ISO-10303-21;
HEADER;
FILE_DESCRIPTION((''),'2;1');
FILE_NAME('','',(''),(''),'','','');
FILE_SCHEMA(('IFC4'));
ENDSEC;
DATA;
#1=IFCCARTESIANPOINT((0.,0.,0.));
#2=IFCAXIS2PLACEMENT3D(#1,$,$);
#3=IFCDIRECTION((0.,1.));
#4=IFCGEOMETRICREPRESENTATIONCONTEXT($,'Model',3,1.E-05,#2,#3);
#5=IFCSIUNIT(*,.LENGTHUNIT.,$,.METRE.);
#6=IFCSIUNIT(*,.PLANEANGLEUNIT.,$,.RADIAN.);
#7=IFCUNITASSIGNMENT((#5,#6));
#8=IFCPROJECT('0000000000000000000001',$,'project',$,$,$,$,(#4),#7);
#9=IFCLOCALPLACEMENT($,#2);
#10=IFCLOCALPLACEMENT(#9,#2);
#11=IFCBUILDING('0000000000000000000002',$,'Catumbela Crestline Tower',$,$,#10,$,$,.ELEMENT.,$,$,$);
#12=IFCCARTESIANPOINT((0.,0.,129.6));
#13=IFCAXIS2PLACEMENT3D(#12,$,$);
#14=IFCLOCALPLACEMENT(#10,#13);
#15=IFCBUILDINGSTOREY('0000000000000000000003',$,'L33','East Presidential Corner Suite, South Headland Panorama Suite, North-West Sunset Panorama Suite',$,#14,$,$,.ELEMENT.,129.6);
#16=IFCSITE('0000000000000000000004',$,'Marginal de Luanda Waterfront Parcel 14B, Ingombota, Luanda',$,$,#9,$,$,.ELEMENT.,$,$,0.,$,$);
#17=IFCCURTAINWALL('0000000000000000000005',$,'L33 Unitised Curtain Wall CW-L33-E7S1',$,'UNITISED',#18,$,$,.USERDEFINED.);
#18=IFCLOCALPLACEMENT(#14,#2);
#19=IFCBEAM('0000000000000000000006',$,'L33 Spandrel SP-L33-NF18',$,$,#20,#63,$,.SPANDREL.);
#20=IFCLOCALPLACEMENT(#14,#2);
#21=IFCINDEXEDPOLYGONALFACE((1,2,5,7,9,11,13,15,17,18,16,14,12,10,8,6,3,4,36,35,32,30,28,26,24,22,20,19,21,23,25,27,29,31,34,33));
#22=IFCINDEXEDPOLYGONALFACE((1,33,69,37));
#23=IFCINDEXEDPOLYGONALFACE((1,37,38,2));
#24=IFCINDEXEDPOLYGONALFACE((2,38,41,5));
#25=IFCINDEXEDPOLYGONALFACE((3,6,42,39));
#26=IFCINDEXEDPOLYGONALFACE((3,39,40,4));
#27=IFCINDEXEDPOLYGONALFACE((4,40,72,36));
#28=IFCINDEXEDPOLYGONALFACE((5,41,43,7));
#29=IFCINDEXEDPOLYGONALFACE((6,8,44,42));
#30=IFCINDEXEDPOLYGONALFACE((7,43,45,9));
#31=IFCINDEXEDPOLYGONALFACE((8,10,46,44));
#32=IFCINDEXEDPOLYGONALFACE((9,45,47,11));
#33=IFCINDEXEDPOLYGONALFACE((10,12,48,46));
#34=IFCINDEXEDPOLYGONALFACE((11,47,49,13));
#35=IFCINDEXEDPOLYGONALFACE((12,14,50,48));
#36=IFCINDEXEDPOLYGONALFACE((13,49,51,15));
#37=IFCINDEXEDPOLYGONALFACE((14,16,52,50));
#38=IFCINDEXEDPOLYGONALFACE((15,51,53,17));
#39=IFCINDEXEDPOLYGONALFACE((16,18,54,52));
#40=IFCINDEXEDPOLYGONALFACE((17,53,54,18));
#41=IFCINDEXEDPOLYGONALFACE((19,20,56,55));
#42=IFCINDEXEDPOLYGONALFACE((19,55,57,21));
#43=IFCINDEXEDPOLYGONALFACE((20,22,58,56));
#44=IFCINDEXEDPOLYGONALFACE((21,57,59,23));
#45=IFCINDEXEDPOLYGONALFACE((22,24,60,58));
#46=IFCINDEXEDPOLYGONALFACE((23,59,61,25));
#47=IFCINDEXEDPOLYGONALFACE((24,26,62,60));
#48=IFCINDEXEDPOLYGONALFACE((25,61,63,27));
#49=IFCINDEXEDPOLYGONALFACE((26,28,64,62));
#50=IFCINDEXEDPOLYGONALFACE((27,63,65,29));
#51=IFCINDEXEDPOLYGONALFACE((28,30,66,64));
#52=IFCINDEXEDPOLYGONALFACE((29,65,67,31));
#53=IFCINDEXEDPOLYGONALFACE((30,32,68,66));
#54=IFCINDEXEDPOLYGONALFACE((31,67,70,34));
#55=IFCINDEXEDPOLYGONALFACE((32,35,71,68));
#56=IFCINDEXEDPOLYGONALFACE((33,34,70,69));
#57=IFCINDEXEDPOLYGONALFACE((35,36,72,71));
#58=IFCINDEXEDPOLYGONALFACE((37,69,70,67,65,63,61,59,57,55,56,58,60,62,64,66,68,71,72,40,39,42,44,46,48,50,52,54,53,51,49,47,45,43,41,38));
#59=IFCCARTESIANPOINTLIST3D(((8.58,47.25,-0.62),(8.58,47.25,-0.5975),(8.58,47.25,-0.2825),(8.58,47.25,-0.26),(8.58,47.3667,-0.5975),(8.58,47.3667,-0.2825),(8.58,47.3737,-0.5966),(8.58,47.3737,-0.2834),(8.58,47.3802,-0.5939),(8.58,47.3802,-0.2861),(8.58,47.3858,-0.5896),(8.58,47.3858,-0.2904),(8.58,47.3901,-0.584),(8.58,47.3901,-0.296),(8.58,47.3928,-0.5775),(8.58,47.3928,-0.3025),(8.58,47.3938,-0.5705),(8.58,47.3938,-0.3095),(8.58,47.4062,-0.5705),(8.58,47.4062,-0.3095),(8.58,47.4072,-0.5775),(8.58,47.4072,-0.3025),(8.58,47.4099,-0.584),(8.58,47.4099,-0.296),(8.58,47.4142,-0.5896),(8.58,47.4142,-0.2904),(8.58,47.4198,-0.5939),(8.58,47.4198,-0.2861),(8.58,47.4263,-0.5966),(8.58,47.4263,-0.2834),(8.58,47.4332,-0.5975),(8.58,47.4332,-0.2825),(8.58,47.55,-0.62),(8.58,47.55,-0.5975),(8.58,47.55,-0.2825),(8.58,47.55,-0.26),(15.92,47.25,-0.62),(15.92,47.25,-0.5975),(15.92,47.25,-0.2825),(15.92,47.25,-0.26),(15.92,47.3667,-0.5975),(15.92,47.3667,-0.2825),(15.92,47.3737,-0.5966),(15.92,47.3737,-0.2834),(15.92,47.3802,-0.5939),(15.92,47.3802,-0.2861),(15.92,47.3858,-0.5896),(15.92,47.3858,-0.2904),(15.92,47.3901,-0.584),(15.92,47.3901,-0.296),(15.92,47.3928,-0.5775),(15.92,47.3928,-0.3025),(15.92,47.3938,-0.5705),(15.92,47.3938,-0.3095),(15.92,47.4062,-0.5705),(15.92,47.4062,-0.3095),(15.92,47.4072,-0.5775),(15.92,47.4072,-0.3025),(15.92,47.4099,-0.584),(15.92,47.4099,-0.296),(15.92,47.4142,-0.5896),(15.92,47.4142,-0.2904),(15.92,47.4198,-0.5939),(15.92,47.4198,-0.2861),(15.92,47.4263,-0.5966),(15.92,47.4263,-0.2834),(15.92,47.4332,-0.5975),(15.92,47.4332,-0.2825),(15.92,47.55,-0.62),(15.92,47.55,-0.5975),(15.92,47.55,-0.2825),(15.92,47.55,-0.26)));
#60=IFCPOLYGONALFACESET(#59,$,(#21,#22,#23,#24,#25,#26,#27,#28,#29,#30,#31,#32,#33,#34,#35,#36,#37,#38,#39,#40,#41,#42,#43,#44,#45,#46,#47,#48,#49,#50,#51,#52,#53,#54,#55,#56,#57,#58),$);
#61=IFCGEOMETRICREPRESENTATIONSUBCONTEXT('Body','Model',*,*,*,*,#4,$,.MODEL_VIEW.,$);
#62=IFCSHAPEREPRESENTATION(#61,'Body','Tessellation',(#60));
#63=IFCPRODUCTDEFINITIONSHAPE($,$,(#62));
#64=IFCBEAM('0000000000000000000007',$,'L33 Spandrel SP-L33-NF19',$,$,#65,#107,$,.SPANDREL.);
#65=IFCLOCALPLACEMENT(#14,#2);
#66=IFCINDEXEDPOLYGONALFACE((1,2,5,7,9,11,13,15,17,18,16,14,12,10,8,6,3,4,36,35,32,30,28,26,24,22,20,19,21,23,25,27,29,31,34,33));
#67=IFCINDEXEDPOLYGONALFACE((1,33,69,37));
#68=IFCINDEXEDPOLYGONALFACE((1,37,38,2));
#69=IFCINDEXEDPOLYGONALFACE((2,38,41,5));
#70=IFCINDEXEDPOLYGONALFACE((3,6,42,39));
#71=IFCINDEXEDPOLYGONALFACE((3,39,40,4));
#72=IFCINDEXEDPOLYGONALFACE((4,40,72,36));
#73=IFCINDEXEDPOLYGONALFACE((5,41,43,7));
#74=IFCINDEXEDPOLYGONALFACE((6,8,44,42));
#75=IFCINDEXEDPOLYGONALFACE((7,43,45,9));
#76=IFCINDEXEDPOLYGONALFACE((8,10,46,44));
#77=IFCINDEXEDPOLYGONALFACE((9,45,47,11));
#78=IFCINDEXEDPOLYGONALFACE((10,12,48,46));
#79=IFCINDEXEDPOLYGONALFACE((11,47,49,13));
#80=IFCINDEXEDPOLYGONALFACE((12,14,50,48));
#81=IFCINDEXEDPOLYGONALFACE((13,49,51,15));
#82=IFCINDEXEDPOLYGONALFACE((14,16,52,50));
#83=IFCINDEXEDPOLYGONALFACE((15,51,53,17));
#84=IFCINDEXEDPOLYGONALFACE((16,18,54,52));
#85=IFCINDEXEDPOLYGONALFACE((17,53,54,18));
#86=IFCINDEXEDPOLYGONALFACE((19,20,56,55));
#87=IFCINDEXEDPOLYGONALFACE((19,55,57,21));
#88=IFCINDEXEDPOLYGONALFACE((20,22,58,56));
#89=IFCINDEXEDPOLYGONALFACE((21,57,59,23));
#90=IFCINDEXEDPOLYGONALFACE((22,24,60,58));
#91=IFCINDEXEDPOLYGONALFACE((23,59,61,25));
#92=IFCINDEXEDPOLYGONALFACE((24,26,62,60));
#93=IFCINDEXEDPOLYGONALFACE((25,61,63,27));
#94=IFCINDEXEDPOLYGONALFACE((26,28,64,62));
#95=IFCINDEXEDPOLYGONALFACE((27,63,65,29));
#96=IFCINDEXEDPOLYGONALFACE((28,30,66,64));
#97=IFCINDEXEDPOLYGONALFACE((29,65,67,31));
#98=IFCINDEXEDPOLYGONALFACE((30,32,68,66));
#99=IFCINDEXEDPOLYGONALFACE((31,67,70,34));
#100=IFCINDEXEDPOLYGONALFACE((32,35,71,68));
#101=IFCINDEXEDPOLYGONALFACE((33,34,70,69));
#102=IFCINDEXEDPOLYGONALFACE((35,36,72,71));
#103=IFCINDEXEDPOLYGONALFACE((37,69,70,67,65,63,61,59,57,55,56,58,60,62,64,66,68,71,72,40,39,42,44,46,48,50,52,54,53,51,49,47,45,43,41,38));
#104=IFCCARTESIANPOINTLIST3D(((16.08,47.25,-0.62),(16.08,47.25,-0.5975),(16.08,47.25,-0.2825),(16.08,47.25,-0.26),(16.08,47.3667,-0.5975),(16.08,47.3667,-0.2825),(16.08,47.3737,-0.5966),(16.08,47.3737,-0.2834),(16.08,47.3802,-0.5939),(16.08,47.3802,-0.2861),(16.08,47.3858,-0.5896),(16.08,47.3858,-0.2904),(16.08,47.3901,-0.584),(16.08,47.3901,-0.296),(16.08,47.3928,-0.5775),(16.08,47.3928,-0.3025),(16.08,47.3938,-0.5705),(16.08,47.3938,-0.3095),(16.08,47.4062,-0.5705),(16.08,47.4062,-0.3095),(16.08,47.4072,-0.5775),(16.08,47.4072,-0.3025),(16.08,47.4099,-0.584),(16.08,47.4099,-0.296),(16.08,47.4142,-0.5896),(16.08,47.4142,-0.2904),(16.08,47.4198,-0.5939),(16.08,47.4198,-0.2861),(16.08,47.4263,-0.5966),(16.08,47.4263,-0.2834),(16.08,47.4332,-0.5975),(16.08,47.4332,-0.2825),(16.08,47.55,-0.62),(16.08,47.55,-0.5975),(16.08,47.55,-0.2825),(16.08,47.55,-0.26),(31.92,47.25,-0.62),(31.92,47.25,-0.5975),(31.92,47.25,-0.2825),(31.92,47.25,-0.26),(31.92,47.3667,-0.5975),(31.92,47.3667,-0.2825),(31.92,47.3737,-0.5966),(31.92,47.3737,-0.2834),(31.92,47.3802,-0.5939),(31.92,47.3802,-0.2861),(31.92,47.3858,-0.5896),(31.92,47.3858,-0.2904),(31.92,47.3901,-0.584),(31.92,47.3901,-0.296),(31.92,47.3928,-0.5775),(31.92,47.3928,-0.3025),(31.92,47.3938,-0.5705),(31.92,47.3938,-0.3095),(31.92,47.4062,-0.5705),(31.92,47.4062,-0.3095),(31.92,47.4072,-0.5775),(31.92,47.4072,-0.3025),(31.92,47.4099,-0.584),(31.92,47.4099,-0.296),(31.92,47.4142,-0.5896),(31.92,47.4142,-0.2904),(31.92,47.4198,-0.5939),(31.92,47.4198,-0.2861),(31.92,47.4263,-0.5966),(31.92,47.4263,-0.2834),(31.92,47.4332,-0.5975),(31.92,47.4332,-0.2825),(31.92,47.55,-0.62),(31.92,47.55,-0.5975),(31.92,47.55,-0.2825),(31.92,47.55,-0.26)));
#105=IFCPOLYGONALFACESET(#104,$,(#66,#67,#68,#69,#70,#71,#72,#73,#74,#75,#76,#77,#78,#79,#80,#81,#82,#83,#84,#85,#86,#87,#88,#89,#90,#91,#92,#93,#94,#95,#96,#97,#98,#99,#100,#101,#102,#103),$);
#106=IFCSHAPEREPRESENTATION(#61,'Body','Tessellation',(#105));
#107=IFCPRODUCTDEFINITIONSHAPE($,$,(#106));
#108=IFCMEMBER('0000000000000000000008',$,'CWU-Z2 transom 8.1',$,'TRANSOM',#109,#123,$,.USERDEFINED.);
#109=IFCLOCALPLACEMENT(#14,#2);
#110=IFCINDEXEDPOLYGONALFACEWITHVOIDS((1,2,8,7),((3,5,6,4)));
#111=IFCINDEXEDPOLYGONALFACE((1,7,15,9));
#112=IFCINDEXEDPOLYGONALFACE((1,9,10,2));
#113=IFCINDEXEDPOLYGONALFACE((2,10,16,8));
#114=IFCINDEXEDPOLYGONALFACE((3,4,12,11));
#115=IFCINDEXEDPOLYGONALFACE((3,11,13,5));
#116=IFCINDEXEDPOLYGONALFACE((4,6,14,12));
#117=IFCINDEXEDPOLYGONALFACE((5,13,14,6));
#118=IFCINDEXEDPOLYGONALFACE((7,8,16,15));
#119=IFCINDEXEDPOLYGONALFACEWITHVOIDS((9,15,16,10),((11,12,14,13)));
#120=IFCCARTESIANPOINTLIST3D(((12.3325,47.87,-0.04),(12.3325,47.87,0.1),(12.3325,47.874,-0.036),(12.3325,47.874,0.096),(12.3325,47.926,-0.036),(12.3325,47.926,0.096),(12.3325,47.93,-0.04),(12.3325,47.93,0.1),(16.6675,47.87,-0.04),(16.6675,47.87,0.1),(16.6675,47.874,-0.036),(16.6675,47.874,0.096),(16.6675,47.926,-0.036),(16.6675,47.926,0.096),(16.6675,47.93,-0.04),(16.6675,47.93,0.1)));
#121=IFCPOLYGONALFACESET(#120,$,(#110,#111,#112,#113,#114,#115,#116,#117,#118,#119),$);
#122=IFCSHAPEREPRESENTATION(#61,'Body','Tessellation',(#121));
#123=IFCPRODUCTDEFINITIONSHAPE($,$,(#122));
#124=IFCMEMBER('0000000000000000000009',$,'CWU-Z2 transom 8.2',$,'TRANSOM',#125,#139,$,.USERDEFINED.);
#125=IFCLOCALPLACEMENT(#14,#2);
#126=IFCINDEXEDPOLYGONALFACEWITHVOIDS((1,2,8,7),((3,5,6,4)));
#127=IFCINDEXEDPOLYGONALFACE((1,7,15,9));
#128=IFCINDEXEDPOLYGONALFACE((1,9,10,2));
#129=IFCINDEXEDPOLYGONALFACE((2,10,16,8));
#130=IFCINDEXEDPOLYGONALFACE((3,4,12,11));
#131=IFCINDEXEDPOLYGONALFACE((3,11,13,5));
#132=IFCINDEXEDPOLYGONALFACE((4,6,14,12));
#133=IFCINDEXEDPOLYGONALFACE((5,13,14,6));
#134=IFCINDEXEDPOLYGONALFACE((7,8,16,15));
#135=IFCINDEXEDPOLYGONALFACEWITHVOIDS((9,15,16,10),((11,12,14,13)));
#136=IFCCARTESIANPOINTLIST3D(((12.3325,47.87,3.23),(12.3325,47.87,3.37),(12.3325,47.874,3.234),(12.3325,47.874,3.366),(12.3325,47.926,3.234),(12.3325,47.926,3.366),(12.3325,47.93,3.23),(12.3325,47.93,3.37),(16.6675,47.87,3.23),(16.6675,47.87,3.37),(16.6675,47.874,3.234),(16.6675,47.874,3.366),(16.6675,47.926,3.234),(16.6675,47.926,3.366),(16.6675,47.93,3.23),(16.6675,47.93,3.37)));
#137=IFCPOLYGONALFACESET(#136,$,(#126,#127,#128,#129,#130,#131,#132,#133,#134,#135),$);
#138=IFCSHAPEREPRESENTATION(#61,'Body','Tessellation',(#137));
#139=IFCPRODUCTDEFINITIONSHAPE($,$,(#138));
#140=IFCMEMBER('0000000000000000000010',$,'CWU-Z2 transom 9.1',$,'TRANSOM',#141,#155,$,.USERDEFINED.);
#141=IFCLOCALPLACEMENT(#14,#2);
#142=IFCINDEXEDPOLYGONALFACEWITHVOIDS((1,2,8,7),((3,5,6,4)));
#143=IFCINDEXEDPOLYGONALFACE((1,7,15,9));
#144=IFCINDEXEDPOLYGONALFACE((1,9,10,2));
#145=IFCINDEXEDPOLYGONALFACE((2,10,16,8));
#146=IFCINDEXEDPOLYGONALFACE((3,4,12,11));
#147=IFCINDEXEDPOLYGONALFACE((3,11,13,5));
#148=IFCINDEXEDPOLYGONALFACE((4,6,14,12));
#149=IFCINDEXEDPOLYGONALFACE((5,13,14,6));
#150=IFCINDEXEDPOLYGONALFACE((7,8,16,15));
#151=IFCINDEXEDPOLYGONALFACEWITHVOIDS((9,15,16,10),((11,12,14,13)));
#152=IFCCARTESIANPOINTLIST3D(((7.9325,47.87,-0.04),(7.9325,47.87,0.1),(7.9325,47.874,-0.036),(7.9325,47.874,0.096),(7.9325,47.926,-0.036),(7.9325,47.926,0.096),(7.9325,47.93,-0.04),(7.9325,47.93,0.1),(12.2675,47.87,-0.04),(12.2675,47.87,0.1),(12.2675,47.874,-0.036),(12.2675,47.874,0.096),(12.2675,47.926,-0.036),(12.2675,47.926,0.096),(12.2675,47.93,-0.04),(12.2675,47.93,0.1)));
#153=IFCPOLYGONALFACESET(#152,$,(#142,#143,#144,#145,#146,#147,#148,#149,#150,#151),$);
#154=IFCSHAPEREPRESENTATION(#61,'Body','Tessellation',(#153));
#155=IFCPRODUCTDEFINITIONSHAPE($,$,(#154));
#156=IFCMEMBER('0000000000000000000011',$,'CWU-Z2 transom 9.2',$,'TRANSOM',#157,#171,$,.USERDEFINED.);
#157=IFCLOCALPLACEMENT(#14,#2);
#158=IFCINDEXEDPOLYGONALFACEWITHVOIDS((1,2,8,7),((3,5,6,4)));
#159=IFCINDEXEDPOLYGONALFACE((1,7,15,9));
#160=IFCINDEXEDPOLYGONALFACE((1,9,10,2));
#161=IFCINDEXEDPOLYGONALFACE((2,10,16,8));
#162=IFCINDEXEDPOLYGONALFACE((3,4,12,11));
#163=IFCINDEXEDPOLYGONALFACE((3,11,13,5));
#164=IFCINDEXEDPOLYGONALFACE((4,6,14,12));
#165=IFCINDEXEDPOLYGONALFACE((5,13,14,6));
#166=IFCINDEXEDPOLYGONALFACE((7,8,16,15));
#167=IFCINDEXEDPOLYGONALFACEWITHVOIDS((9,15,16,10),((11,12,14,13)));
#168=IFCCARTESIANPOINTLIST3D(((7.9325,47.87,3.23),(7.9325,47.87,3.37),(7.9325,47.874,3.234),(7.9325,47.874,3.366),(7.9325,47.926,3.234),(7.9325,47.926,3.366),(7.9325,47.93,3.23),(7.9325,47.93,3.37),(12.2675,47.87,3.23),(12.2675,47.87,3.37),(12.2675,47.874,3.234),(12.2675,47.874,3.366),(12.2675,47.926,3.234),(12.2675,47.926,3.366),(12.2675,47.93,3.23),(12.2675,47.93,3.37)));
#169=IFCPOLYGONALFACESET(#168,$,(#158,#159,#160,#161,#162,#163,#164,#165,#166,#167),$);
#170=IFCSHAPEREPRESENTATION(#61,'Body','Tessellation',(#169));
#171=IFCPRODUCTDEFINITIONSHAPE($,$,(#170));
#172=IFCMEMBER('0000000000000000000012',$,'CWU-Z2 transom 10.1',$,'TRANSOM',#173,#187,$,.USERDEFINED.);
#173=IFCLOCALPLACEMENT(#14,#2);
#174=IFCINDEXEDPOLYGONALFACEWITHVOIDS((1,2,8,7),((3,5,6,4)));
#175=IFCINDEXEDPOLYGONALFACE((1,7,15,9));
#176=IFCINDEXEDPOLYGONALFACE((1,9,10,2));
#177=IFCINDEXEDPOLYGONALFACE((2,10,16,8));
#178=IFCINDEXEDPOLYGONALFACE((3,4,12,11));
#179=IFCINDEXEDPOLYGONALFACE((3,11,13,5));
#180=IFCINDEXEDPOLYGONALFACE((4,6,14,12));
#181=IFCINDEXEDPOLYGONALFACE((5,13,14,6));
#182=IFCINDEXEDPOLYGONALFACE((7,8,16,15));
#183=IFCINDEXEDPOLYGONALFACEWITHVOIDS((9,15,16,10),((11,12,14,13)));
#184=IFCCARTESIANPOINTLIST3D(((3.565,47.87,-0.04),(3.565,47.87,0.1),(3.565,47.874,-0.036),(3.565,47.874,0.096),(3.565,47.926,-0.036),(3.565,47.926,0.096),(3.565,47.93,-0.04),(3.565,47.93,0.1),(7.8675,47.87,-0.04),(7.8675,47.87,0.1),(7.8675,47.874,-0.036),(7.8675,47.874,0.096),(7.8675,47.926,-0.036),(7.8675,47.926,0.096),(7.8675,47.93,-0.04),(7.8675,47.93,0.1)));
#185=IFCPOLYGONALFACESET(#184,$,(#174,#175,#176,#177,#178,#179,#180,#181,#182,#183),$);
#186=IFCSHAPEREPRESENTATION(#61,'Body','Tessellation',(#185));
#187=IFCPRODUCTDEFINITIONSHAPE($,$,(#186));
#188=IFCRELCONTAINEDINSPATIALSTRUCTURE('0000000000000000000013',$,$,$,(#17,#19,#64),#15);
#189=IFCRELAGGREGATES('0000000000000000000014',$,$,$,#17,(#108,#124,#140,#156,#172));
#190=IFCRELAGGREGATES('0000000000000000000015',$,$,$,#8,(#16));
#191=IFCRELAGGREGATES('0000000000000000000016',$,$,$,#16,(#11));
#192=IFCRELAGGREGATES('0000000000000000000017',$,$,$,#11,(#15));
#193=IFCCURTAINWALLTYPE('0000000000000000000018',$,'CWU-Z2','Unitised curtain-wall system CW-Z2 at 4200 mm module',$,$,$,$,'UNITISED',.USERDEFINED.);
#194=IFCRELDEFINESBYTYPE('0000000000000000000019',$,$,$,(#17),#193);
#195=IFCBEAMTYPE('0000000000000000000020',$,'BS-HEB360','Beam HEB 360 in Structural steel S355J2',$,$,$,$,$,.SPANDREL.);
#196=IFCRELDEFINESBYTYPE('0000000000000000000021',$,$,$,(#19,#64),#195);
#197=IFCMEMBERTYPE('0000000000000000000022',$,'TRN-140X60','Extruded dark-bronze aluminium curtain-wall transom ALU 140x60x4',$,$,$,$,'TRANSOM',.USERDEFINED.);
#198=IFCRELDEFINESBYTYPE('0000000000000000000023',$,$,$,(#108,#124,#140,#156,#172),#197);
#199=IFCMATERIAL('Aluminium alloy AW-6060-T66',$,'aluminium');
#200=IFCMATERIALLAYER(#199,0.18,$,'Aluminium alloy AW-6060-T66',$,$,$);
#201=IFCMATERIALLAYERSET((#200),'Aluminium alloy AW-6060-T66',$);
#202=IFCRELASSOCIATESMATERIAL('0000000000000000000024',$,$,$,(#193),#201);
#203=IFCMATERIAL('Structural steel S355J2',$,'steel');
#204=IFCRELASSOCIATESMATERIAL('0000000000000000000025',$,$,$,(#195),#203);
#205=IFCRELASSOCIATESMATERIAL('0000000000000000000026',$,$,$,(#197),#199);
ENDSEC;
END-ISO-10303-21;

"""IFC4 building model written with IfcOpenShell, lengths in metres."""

from ifc_helpers import new_model, si_unit, direction, frame, origin, origin_2d, place, context, subcontext, project, spatial, hollow_rectangle, i_section, extrude, material, layer, layer_set, material_profile, profile_set, type_object, element, aggregate, save


model = new_model("IFC4")

# Units and contexts
model_context = context("Model", 3, precision=1e-05, world=origin(), true_north=direction((0.0, 1.0)))
body_context = subcontext(model_context, "Body", "Model", "MODEL_VIEW")
ifc_project = project(units=[si_unit("LENGTHUNIT", "METRE"), si_unit("PLANEANGLEUNIT", "RADIAN")], contexts=[model_context])

# Site, building, storey
site_placement = place(None, origin())
site = spatial("IfcSite", under=ifc_project, at=site_placement, Name="Marginal de Luanda Waterfront Parcel 14B, Ingombota, Luanda", CompositionType="ELEMENT", RefElevation=0.0)
building_placement = place(site_placement, origin())
building = spatial("IfcBuilding", under=site, at=building_placement, Name="Catumbela Crestline Tower", CompositionType="ELEMENT")
storey_placement = place(building_placement, frame((0.0, 0.0, 129.6)))
storey = spatial("IfcBuildingStorey", under=building, at=storey_placement, Name="L33", Description="East Presidential Corner Suite, South Headland Panorama Suite, North-West Sunset Panorama Suite", CompositionType="ELEMENT", Elevation=129.6)

# Curtain wall
ifc_material_1 = material(Name="Aluminium alloy AW-6060-T66", Category="aluminium")
ifc_layer_1 = layer(ifc_material_1, 0.18, Name="Aluminium alloy AW-6060-T66")
ifc_layer_set_1 = layer_set([ifc_layer_1], Name="Aluminium alloy AW-6060-T66")
curtain_wall_type = type_object("IfcCurtainWallType", Name="CWU-Z2", Description="Unitised curtain-wall system CW-Z2 at 4200 mm module", ElementType="UNITISED", PredefinedType="USERDEFINED", material=ifc_layer_set_1)
curtain_wall_placement = place(storey_placement, origin())
curtain_wall = element("IfcCurtainWall", 1, at=curtain_wall_placement, inside=storey, type_object=curtain_wall_type, Name="L33 Unitised Curtain Wall CW-L33-E7S1", ObjectType="UNITISED", PredefinedType="USERDEFINED")

# Beams
ifc_material_2 = material(Name="Structural steel S355J2", Category="steel")
ifc_material_profile_1 = material_profile(ifc_material_2, i_section(OverallWidth=0.3, OverallDepth=0.36, WebThickness=0.0125, FlangeThickness=0.0225, FilletRadius=0.027, at=origin_2d()), Name="HEB 360")
ifc_profile_set_1 = profile_set([ifc_material_profile_1], Name="Structural steel S355J2")
beam_type = type_object("IfcBeamType", Name="BS-HEB360", Description="Beam HEB 360 in Structural steel S355J2", PredefinedType="SPANDREL", material=ifc_profile_set_1)
beam_1_placement = place(storey_placement, frame((8.58, 47.4, -0.44), z_axis=(1.0, 0.0, 0.0), x_axis=(0.0, 1.0, 0.0)))
element("IfcBeam", 2, at=beam_1_placement, inside=storey, type_object=beam_type, Name="L33 Spandrel SP-L33-NF18", PredefinedType="SPANDREL", context=body_context, shape_type="SweptSolid", body=[
    extrude(i_section(OverallWidth=0.3, OverallDepth=0.36, WebThickness=0.0125, FlangeThickness=0.0225, FilletRadius=0.027, at=origin_2d()), origin(), (0.0, 0.0, 1.0), 7.34),
])
beam_2_placement = place(storey_placement, frame((16.08, 47.4, -0.44), z_axis=(1.0, 0.0, 0.0), x_axis=(0.0, 1.0, 0.0)))
element("IfcBeam", 3, at=beam_2_placement, inside=storey, type_object=beam_type, Name="L33 Spandrel SP-L33-NF19", PredefinedType="SPANDREL", context=body_context, shape_type="SweptSolid", body=[
    extrude(i_section(OverallWidth=0.3, OverallDepth=0.36, WebThickness=0.0125, FlangeThickness=0.0225, FilletRadius=0.027, at=origin_2d()), origin(), (0.0, 0.0, 1.0), 15.84),
])

# Members
ifc_material_profile_2 = material_profile(ifc_material_1, hollow_rectangle(XDim=0.06, YDim=0.14, WallThickness=0.004, at=origin_2d()), Name="ALU 140x60x4")
ifc_profile_set_2 = profile_set([ifc_material_profile_2], Name="Aluminium alloy AW-6060-T66")
member_type_1 = type_object("IfcMemberType", Name="TRN-140X60", Description="Extruded dark-bronze aluminium curtain-wall transom ALU 140x60x4", ElementType="TRANSOM", PredefinedType="USERDEFINED", material=ifc_profile_set_2)
member_1_placement = place(storey_placement, frame((16.6675, 47.9, 0.03), z_axis=(-1.0, 0.0, 0.0), x_axis=(0.0, -1.0, 0.0)))
member_1 = element("IfcMember", 4, at=member_1_placement, type_object=member_type_1, Name="CWU-Z2 transom 8.1", ObjectType="TRANSOM", PredefinedType="USERDEFINED", context=body_context, shape_type="SweptSolid", body=[
    extrude(hollow_rectangle(XDim=0.06, YDim=0.14, WallThickness=0.004, at=origin_2d()), origin(), (0.0, 0.0, 1.0), 4.335),
])
member_2_placement = place(storey_placement, frame((16.6675, 47.9, 3.3), z_axis=(-1.0, 0.0, 0.0), x_axis=(0.0, -1.0, 0.0)))
member_2 = element("IfcMember", 5, at=member_2_placement, type_object=member_type_1, Name="CWU-Z2 transom 8.2", ObjectType="TRANSOM", PredefinedType="USERDEFINED", context=body_context, shape_type="SweptSolid", body=[
    extrude(hollow_rectangle(XDim=0.06, YDim=0.14, WallThickness=0.004, at=origin_2d()), origin(), (0.0, 0.0, 1.0), 4.335),
])
member_3_placement = place(storey_placement, frame((12.2675, 47.9, 0.03), z_axis=(-1.0, 0.0, 0.0), x_axis=(0.0, -1.0, 0.0)))
member_3 = element("IfcMember", 6, at=member_3_placement, type_object=member_type_1, Name="CWU-Z2 transom 9.1", ObjectType="TRANSOM", PredefinedType="USERDEFINED", context=body_context, shape_type="SweptSolid", body=[
    extrude(hollow_rectangle(XDim=0.06, YDim=0.14, WallThickness=0.004, at=origin_2d()), origin(), (0.0, 0.0, 1.0), 4.335),
])
member_4_placement = place(storey_placement, frame((12.2675, 47.9, 3.3), z_axis=(-1.0, 0.0, 0.0), x_axis=(0.0, -1.0, 0.0)))
member_4 = element("IfcMember", 7, at=member_4_placement, type_object=member_type_1, Name="CWU-Z2 transom 9.2", ObjectType="TRANSOM", PredefinedType="USERDEFINED", context=body_context, shape_type="SweptSolid", body=[
    extrude(hollow_rectangle(XDim=0.06, YDim=0.14, WallThickness=0.004, at=origin_2d()), origin(), (0.0, 0.0, 1.0), 4.335),
])
member_5_placement = place(storey_placement, frame((7.8675, 47.9, 0.03), z_axis=(-1.0, 0.0, 0.0), x_axis=(0.0, -1.0, 0.0)))
member_5 = element("IfcMember", 8, at=member_5_placement, type_object=member_type_1, Name="CWU-Z2 transom 10.1", ObjectType="TRANSOM", PredefinedType="USERDEFINED", context=body_context, shape_type="SweptSolid", body=[
    extrude(hollow_rectangle(XDim=0.06, YDim=0.14, WallThickness=0.004, at=origin_2d()), origin(), (0.0, 0.0, 1.0), 4.3025),
])

aggregate(curtain_wall, [member_1, member_2, member_3, member_4, member_5])

save(model, "model.ifc")
